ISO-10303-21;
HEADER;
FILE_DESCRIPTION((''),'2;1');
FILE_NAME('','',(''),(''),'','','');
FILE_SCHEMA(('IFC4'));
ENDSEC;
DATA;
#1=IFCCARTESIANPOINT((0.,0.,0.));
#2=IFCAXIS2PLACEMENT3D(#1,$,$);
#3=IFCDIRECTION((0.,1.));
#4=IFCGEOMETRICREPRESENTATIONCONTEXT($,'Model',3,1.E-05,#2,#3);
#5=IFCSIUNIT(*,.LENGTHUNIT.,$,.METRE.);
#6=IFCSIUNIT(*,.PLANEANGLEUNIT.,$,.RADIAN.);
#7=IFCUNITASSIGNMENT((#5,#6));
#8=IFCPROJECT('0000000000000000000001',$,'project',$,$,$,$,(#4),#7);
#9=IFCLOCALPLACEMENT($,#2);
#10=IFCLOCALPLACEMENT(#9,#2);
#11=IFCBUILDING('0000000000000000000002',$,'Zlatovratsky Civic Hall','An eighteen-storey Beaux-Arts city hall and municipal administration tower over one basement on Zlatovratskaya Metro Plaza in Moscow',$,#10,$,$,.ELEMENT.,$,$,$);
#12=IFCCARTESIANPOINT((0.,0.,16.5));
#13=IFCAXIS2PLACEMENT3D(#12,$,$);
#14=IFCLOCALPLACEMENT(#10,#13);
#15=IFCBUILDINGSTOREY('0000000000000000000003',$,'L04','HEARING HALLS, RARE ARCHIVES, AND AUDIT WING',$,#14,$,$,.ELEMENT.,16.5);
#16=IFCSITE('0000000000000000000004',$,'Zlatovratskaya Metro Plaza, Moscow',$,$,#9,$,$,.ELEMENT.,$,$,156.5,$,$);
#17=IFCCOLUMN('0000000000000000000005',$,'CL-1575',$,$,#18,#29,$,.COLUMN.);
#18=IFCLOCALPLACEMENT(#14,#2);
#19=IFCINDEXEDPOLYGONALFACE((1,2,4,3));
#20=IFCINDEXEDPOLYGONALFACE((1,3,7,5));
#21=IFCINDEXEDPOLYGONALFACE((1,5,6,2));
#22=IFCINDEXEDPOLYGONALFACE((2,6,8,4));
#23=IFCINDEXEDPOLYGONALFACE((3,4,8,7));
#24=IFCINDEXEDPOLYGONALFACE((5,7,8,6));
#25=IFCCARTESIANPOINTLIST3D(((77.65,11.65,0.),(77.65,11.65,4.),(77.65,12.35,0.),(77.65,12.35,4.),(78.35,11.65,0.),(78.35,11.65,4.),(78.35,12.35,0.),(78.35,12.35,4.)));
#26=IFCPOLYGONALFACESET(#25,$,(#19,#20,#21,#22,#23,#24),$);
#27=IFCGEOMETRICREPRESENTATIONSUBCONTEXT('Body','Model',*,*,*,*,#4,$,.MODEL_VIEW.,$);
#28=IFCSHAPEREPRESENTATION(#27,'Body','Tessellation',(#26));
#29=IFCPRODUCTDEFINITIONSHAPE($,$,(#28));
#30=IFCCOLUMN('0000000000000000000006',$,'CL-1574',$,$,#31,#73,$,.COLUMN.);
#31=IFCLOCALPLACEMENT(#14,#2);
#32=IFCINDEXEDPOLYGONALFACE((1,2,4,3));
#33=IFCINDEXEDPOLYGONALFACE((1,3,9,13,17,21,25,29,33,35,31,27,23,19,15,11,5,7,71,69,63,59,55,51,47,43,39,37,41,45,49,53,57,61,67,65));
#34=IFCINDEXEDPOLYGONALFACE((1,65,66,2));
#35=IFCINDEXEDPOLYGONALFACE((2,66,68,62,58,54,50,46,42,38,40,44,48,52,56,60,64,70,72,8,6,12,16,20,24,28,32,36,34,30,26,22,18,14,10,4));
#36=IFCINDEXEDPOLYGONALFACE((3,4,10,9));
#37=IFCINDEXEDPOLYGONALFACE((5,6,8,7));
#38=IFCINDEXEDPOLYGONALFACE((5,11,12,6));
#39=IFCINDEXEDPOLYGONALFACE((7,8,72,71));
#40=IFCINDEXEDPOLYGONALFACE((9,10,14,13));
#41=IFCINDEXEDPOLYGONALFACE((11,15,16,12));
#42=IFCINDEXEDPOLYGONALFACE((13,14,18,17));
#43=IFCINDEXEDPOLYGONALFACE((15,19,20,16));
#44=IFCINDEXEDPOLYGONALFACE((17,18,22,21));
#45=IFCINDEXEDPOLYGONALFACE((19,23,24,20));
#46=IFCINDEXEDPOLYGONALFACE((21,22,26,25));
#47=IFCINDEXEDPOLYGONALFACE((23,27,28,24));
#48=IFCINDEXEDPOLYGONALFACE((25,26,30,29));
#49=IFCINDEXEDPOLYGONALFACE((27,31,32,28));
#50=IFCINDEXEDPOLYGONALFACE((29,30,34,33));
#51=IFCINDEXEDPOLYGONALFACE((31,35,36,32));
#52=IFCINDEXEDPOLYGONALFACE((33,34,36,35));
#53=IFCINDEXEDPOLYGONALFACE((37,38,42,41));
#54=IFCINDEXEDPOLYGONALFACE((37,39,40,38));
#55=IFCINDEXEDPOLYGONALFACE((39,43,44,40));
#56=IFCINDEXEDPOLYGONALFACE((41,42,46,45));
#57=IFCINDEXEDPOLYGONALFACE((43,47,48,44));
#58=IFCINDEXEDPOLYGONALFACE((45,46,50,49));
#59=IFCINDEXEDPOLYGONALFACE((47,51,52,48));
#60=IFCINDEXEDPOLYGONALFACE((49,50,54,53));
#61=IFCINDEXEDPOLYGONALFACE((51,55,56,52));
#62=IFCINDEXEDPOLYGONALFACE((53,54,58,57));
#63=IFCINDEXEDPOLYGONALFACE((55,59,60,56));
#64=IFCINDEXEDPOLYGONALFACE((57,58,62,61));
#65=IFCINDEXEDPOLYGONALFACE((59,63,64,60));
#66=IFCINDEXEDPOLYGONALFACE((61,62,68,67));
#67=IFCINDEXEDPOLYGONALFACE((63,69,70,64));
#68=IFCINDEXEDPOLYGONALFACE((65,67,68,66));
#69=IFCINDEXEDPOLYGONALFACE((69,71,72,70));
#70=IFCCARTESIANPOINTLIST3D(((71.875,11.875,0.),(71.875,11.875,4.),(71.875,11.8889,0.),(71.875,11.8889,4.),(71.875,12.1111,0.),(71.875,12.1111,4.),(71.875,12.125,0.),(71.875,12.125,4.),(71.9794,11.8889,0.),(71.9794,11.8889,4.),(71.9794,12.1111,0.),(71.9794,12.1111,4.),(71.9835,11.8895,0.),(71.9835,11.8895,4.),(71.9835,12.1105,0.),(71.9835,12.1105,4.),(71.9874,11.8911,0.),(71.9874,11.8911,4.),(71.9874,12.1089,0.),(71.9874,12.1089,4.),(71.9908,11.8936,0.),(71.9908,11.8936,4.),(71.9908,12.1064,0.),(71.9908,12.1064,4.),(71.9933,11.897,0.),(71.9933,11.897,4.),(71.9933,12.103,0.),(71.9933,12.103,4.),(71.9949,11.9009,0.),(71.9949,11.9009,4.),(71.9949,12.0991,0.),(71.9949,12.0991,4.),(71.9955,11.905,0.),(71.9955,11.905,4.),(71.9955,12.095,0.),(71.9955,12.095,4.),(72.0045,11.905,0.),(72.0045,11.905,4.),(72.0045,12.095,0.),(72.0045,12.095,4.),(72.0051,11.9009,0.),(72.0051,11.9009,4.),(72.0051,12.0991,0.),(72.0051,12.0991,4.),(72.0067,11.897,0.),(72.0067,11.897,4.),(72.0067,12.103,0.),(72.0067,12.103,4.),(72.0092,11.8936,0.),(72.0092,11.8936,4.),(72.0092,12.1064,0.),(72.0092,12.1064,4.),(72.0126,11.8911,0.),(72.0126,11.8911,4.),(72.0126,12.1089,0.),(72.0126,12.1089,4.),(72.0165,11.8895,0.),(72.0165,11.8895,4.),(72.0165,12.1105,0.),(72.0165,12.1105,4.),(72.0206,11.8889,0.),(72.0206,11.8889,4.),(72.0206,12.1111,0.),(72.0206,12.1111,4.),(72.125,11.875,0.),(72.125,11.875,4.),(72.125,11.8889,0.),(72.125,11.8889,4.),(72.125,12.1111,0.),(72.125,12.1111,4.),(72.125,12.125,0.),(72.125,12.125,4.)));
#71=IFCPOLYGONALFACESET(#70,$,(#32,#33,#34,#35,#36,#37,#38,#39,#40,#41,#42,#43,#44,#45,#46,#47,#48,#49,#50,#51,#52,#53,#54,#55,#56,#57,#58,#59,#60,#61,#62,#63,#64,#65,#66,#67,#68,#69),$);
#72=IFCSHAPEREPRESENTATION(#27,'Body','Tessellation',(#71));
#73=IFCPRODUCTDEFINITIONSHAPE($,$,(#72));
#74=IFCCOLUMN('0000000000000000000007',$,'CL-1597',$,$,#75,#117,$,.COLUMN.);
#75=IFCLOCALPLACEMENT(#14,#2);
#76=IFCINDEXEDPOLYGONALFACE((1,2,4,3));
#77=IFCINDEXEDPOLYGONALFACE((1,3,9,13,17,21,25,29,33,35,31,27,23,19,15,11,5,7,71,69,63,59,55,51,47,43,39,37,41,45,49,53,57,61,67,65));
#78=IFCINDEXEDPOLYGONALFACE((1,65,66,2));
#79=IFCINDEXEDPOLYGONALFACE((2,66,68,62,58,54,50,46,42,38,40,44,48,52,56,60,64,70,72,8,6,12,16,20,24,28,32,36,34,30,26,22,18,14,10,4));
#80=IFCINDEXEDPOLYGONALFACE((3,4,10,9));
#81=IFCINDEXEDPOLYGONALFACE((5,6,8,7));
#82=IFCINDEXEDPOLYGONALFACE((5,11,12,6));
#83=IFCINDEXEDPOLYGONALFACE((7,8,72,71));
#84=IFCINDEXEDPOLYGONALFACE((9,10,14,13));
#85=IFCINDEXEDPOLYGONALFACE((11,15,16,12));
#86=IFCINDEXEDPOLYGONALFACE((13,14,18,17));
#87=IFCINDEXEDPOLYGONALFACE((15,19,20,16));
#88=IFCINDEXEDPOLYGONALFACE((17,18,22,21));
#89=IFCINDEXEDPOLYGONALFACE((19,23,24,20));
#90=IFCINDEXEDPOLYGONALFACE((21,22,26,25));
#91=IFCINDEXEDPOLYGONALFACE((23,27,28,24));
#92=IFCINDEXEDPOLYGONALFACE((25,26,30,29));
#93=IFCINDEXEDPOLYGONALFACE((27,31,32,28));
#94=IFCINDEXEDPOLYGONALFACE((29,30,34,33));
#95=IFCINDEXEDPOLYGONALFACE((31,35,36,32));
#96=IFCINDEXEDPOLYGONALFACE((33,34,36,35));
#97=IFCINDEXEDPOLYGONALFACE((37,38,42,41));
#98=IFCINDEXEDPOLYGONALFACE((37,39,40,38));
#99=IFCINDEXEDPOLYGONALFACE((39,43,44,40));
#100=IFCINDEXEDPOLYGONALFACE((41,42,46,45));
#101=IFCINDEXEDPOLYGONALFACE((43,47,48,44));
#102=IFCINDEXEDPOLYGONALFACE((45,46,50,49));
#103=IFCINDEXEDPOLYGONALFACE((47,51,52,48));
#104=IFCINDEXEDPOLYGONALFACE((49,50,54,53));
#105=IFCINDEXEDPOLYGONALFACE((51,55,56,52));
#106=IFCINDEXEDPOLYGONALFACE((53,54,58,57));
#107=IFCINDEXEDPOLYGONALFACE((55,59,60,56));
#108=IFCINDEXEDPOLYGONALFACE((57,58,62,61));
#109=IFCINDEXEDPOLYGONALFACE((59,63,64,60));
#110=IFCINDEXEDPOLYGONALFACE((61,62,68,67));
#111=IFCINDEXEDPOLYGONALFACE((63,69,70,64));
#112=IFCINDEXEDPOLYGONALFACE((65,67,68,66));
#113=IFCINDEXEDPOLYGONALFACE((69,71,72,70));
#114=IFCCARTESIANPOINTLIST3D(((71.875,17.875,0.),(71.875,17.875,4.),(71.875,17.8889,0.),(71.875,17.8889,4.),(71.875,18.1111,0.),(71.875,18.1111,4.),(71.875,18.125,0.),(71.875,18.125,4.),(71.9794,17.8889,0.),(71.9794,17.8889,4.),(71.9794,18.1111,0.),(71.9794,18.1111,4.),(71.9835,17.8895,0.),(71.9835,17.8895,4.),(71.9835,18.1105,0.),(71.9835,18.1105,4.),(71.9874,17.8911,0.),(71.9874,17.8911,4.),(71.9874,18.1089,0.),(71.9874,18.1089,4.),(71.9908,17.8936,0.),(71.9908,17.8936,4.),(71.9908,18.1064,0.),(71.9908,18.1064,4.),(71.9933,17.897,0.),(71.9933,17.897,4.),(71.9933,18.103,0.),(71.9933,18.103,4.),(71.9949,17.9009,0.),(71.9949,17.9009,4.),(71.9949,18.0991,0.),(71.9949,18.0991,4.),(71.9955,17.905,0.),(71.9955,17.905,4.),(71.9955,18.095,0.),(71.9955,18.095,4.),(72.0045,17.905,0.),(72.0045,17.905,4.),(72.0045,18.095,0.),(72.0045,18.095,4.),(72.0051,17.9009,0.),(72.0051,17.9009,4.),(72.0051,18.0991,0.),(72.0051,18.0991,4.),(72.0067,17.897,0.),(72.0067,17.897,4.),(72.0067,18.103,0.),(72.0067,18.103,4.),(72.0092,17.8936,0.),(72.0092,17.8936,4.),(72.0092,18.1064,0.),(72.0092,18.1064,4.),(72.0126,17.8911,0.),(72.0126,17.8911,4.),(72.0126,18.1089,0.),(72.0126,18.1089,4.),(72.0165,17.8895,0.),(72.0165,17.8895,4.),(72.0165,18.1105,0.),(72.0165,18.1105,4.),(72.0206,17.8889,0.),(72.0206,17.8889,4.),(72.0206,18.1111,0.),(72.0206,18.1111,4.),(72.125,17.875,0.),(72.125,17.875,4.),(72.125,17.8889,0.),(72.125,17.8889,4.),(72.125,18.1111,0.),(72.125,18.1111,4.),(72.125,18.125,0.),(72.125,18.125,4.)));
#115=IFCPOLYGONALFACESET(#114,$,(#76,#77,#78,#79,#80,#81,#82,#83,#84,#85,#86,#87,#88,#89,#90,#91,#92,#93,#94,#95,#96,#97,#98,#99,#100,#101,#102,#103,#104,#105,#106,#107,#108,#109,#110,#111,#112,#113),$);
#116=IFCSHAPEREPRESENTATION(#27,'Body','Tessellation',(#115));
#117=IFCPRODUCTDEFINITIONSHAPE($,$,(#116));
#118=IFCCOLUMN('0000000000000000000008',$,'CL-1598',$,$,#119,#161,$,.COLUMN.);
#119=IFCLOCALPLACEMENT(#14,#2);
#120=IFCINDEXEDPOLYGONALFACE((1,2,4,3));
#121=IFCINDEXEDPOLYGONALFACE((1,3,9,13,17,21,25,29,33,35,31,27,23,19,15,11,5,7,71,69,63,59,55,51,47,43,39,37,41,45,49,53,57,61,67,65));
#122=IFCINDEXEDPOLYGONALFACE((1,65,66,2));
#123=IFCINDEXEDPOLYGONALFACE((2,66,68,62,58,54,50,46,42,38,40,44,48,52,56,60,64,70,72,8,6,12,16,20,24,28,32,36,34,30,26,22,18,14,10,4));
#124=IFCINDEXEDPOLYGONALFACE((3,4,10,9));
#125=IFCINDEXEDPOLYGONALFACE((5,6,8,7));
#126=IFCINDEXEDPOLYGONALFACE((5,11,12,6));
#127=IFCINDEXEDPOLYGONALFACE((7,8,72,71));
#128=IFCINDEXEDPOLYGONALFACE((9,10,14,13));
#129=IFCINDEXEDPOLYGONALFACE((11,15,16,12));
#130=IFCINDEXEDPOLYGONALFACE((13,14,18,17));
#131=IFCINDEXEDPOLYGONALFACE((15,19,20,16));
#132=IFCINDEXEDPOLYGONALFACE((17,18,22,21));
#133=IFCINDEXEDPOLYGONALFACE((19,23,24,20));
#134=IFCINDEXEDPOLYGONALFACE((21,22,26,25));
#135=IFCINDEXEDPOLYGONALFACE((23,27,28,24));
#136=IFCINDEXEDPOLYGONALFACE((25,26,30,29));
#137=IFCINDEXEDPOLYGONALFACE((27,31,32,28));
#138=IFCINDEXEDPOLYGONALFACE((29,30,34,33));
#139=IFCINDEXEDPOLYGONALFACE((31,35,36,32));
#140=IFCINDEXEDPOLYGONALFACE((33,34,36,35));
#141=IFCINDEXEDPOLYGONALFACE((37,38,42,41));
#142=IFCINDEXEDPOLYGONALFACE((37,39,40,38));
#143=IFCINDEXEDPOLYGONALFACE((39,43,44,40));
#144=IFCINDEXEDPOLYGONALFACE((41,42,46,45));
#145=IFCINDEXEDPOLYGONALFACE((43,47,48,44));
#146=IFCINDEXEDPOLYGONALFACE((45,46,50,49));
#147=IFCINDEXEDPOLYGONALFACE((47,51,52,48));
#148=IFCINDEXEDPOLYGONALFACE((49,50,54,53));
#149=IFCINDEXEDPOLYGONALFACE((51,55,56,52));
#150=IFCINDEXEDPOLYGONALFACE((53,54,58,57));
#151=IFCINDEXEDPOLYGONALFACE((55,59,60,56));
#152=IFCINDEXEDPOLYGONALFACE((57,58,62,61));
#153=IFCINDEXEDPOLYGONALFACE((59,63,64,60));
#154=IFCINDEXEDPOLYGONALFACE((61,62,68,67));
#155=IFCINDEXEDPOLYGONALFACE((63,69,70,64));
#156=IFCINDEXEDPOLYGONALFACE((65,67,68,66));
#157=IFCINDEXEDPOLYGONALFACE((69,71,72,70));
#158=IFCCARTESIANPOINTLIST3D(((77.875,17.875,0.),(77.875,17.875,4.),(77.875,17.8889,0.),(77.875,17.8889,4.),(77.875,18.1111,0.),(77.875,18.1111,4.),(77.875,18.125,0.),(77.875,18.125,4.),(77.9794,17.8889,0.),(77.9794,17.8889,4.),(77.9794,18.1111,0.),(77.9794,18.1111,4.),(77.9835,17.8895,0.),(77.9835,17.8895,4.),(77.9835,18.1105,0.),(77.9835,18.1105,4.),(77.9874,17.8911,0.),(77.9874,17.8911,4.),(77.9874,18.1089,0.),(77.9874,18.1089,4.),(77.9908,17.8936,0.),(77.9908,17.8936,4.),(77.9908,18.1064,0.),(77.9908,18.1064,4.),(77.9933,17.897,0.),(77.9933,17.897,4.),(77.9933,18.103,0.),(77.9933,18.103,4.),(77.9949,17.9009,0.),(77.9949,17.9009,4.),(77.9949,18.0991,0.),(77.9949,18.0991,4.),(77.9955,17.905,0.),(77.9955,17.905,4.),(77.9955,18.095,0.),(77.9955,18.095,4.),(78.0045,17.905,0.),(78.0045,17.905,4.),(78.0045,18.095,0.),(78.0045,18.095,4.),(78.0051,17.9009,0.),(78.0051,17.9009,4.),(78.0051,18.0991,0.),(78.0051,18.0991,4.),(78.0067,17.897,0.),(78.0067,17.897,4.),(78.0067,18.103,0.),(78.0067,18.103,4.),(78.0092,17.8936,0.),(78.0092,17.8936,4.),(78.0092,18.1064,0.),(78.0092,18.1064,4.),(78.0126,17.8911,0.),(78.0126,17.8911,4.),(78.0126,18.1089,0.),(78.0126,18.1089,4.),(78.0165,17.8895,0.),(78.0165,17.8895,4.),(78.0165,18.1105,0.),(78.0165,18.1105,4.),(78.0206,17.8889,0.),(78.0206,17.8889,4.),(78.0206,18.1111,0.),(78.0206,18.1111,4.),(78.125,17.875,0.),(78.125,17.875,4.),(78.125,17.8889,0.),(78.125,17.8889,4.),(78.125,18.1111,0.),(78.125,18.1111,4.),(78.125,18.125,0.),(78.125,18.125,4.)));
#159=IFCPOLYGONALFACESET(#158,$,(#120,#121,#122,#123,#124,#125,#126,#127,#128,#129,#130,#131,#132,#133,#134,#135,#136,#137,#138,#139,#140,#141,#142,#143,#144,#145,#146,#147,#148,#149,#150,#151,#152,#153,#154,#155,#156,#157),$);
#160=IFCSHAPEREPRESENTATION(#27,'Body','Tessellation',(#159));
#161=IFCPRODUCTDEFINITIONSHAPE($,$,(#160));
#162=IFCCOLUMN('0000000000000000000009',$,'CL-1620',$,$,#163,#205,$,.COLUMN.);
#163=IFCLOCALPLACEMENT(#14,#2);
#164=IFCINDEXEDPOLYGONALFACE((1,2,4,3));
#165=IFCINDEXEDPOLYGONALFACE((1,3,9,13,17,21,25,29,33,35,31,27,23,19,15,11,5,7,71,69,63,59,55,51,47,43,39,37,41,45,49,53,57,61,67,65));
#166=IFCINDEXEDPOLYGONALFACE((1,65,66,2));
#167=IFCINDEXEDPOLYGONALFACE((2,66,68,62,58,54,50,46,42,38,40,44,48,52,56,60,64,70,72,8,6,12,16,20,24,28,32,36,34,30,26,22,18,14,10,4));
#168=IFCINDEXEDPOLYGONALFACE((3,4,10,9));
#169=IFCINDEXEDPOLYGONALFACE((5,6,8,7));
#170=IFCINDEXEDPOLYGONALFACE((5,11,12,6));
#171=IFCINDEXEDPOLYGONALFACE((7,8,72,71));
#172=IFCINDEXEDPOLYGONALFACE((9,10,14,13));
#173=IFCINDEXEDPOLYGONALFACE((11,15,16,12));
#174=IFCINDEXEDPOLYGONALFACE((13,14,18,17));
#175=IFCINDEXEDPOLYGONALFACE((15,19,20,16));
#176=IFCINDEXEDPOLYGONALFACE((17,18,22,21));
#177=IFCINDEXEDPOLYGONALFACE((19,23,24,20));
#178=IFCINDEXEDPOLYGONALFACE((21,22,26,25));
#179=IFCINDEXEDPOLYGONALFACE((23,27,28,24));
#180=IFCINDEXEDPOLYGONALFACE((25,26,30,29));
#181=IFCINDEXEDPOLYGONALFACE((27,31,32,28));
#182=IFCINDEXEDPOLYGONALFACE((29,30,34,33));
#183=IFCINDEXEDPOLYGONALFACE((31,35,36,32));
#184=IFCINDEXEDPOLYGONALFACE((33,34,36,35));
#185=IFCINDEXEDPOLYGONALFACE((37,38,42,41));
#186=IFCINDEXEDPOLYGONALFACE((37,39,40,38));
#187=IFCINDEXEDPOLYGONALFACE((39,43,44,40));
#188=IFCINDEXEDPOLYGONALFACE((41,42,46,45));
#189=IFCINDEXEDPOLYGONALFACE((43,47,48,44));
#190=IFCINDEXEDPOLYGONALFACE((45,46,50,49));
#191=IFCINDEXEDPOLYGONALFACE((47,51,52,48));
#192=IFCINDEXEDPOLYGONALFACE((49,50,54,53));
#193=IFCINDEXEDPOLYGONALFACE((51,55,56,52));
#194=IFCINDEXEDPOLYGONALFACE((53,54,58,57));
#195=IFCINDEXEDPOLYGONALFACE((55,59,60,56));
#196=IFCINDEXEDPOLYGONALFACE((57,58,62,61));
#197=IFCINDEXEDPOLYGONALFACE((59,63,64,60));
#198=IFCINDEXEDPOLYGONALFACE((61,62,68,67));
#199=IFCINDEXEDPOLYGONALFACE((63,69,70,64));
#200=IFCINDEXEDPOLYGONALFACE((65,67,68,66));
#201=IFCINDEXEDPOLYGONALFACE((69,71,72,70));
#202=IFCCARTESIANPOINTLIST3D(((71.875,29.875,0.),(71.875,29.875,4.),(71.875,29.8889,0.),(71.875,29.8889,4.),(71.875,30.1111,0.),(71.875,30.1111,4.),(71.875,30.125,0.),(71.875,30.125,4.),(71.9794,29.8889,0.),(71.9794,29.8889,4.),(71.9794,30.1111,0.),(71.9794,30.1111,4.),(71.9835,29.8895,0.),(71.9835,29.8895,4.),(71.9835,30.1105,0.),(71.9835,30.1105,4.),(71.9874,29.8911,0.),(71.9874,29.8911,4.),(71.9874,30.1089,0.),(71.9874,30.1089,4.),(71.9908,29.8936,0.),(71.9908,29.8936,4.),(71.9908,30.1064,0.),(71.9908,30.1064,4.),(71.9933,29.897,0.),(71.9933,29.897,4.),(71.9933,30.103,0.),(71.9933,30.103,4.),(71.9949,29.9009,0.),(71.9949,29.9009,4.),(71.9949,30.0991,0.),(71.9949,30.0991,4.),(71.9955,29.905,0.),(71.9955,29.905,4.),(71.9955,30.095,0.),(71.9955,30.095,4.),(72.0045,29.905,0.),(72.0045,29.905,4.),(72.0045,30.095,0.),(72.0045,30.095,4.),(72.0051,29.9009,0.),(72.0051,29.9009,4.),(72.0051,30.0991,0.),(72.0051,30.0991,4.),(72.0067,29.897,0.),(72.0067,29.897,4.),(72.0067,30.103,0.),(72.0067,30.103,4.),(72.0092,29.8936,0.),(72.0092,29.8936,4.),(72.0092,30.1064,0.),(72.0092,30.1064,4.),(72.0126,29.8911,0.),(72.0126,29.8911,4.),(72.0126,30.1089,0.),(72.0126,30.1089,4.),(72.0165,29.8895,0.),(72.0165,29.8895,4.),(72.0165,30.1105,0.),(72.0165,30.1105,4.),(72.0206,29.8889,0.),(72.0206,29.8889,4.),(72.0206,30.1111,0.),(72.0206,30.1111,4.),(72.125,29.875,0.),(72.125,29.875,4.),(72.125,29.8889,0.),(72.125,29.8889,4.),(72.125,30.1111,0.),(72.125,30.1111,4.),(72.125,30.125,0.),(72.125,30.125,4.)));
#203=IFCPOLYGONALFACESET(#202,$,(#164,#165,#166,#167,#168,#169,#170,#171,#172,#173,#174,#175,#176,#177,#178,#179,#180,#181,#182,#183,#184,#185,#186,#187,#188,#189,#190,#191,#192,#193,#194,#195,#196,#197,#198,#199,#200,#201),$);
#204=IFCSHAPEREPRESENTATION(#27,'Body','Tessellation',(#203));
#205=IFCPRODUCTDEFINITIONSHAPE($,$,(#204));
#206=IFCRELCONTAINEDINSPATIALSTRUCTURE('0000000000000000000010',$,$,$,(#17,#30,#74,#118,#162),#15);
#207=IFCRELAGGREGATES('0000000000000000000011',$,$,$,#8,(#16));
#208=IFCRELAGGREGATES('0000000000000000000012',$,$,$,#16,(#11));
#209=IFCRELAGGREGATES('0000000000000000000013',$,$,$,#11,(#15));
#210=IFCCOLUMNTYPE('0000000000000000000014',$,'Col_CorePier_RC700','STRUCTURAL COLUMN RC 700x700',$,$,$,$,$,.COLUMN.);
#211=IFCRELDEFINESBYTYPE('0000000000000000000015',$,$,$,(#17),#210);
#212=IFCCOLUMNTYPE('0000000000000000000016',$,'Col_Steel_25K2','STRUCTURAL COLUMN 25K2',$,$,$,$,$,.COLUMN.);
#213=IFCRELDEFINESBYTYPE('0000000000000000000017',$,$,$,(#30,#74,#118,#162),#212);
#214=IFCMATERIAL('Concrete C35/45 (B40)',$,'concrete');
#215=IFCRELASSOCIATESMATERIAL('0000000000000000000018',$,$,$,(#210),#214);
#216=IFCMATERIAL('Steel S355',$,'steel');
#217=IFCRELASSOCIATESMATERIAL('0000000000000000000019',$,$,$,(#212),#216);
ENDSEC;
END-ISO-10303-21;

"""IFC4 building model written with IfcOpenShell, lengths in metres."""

from ifc_helpers import new_model, si_unit, direction, frame, origin, origin_2d, place, context, subcontext, project, spatial, rectangle, i_section, extrude, material, material_profile, profile_set, type_object, element, save


model = new_model("IFC4")

# Units and contexts
model_context = context("Model", 3, precision=1e-05, world=origin(), true_north=direction((0.0, 1.0)))
body_context = subcontext(model_context, "Body", "Model", "MODEL_VIEW")
ifc_project = project(units=[si_unit("LENGTHUNIT", "METRE"), si_unit("PLANEANGLEUNIT", "RADIAN")], contexts=[model_context])

# Site, building, storey
site_placement = place(None, origin())
site = spatial("IfcSite", under=ifc_project, at=site_placement, Name="Zlatovratskaya Metro Plaza, Moscow", CompositionType="ELEMENT", RefElevation=156.5)
building_placement = place(site_placement, origin())
building = spatial("IfcBuilding", under=site, at=building_placement, Name="Zlatovratsky Civic Hall", Description="An eighteen-storey Beaux-Arts city hall and municipal administration tower over one basement on Zlatovratskaya Metro Plaza in Moscow", CompositionType="ELEMENT")
storey_placement = place(building_placement, frame((0.0, 0.0, 16.5)))
storey = spatial("IfcBuildingStorey", under=building, at=storey_placement, Name="L04", Description="HEARING HALLS, RARE ARCHIVES, AND AUDIT WING", CompositionType="ELEMENT", Elevation=16.5)

# Columns
ifc_material_1 = material(Name="Concrete C35/45 (B40)", Category="concrete")
ifc_material_profile_1 = material_profile(ifc_material_1, rectangle(XDim=0.7, YDim=0.7, at=origin_2d()), Name="RC 700x700")
ifc_profile_set_1 = profile_set([ifc_material_profile_1], Name="Concrete C35/45 (B40)")
column_type_1 = type_object("IfcColumnType", Name="Col_CorePier_RC700", Description="STRUCTURAL COLUMN RC 700x700", PredefinedType="COLUMN", material=ifc_profile_set_1)
column_placement = place(storey_placement, frame((78.0, 12.0, 0.0), z_axis=(0.0, 0.0, 1.0), x_axis=(1.0, 0.0, 0.0)))
element("IfcColumn", 1, at=column_placement, inside=storey, type_object=column_type_1, Name="CL-1575", PredefinedType="COLUMN", context=body_context, shape_type="SweptSolid", body=[
    extrude(rectangle(XDim=0.7, YDim=0.7, at=origin_2d()), origin(), (0.0, 0.0, 1.0), 4.0),
])
ifc_material_2 = material(Name="Steel S355", Category="steel")
ifc_material_profile_2 = material_profile(ifc_material_2, i_section(OverallWidth=0.25, OverallDepth=0.25, WebThickness=0.009, FlangeThickness=0.0139, FilletRadius=0.0161, at=origin_2d()), Name="25K2")
ifc_profile_set_2 = profile_set([ifc_material_profile_2], Name="Steel S355")
column_type_2 = type_object("IfcColumnType", Name="Col_Steel_25K2", Description="STRUCTURAL COLUMN 25K2", PredefinedType="COLUMN", material=ifc_profile_set_2)
for number, where, z_axis, x_axis, name in (
    (2, (72.0, 12.0, 0.0), (0.0, 0.0, 1.0), (1.0, 0.0, 0.0), "CL-1574"),
    (3, (72.0, 18.0, 0.0), (0.0, 0.0, 1.0), (1.0, 0.0, 0.0), "CL-1597"),
    (4, (78.0, 18.0, 0.0), (0.0, 0.0, 1.0), (1.0, 0.0, 0.0), "CL-1598"),
    (5, (72.0, 30.0, 0.0), (0.0, 0.0, 1.0), (1.0, 0.0, 0.0), "CL-1620"),
):
    element("IfcColumn", number, at=place(storey_placement, frame(where, z_axis=z_axis, x_axis=x_axis)), inside=storey, type_object=column_type_2, Name=name, PredefinedType="COLUMN", context=body_context, shape_type="SweptSolid", body=[
        extrude(i_section(OverallWidth=0.25, OverallDepth=0.25, WebThickness=0.009, FlangeThickness=0.0139, FilletRadius=0.0161, at=origin_2d()), origin(), (0.0, 0.0, 1.0), 4.0),
    ])

save(model, "model.ifc")
